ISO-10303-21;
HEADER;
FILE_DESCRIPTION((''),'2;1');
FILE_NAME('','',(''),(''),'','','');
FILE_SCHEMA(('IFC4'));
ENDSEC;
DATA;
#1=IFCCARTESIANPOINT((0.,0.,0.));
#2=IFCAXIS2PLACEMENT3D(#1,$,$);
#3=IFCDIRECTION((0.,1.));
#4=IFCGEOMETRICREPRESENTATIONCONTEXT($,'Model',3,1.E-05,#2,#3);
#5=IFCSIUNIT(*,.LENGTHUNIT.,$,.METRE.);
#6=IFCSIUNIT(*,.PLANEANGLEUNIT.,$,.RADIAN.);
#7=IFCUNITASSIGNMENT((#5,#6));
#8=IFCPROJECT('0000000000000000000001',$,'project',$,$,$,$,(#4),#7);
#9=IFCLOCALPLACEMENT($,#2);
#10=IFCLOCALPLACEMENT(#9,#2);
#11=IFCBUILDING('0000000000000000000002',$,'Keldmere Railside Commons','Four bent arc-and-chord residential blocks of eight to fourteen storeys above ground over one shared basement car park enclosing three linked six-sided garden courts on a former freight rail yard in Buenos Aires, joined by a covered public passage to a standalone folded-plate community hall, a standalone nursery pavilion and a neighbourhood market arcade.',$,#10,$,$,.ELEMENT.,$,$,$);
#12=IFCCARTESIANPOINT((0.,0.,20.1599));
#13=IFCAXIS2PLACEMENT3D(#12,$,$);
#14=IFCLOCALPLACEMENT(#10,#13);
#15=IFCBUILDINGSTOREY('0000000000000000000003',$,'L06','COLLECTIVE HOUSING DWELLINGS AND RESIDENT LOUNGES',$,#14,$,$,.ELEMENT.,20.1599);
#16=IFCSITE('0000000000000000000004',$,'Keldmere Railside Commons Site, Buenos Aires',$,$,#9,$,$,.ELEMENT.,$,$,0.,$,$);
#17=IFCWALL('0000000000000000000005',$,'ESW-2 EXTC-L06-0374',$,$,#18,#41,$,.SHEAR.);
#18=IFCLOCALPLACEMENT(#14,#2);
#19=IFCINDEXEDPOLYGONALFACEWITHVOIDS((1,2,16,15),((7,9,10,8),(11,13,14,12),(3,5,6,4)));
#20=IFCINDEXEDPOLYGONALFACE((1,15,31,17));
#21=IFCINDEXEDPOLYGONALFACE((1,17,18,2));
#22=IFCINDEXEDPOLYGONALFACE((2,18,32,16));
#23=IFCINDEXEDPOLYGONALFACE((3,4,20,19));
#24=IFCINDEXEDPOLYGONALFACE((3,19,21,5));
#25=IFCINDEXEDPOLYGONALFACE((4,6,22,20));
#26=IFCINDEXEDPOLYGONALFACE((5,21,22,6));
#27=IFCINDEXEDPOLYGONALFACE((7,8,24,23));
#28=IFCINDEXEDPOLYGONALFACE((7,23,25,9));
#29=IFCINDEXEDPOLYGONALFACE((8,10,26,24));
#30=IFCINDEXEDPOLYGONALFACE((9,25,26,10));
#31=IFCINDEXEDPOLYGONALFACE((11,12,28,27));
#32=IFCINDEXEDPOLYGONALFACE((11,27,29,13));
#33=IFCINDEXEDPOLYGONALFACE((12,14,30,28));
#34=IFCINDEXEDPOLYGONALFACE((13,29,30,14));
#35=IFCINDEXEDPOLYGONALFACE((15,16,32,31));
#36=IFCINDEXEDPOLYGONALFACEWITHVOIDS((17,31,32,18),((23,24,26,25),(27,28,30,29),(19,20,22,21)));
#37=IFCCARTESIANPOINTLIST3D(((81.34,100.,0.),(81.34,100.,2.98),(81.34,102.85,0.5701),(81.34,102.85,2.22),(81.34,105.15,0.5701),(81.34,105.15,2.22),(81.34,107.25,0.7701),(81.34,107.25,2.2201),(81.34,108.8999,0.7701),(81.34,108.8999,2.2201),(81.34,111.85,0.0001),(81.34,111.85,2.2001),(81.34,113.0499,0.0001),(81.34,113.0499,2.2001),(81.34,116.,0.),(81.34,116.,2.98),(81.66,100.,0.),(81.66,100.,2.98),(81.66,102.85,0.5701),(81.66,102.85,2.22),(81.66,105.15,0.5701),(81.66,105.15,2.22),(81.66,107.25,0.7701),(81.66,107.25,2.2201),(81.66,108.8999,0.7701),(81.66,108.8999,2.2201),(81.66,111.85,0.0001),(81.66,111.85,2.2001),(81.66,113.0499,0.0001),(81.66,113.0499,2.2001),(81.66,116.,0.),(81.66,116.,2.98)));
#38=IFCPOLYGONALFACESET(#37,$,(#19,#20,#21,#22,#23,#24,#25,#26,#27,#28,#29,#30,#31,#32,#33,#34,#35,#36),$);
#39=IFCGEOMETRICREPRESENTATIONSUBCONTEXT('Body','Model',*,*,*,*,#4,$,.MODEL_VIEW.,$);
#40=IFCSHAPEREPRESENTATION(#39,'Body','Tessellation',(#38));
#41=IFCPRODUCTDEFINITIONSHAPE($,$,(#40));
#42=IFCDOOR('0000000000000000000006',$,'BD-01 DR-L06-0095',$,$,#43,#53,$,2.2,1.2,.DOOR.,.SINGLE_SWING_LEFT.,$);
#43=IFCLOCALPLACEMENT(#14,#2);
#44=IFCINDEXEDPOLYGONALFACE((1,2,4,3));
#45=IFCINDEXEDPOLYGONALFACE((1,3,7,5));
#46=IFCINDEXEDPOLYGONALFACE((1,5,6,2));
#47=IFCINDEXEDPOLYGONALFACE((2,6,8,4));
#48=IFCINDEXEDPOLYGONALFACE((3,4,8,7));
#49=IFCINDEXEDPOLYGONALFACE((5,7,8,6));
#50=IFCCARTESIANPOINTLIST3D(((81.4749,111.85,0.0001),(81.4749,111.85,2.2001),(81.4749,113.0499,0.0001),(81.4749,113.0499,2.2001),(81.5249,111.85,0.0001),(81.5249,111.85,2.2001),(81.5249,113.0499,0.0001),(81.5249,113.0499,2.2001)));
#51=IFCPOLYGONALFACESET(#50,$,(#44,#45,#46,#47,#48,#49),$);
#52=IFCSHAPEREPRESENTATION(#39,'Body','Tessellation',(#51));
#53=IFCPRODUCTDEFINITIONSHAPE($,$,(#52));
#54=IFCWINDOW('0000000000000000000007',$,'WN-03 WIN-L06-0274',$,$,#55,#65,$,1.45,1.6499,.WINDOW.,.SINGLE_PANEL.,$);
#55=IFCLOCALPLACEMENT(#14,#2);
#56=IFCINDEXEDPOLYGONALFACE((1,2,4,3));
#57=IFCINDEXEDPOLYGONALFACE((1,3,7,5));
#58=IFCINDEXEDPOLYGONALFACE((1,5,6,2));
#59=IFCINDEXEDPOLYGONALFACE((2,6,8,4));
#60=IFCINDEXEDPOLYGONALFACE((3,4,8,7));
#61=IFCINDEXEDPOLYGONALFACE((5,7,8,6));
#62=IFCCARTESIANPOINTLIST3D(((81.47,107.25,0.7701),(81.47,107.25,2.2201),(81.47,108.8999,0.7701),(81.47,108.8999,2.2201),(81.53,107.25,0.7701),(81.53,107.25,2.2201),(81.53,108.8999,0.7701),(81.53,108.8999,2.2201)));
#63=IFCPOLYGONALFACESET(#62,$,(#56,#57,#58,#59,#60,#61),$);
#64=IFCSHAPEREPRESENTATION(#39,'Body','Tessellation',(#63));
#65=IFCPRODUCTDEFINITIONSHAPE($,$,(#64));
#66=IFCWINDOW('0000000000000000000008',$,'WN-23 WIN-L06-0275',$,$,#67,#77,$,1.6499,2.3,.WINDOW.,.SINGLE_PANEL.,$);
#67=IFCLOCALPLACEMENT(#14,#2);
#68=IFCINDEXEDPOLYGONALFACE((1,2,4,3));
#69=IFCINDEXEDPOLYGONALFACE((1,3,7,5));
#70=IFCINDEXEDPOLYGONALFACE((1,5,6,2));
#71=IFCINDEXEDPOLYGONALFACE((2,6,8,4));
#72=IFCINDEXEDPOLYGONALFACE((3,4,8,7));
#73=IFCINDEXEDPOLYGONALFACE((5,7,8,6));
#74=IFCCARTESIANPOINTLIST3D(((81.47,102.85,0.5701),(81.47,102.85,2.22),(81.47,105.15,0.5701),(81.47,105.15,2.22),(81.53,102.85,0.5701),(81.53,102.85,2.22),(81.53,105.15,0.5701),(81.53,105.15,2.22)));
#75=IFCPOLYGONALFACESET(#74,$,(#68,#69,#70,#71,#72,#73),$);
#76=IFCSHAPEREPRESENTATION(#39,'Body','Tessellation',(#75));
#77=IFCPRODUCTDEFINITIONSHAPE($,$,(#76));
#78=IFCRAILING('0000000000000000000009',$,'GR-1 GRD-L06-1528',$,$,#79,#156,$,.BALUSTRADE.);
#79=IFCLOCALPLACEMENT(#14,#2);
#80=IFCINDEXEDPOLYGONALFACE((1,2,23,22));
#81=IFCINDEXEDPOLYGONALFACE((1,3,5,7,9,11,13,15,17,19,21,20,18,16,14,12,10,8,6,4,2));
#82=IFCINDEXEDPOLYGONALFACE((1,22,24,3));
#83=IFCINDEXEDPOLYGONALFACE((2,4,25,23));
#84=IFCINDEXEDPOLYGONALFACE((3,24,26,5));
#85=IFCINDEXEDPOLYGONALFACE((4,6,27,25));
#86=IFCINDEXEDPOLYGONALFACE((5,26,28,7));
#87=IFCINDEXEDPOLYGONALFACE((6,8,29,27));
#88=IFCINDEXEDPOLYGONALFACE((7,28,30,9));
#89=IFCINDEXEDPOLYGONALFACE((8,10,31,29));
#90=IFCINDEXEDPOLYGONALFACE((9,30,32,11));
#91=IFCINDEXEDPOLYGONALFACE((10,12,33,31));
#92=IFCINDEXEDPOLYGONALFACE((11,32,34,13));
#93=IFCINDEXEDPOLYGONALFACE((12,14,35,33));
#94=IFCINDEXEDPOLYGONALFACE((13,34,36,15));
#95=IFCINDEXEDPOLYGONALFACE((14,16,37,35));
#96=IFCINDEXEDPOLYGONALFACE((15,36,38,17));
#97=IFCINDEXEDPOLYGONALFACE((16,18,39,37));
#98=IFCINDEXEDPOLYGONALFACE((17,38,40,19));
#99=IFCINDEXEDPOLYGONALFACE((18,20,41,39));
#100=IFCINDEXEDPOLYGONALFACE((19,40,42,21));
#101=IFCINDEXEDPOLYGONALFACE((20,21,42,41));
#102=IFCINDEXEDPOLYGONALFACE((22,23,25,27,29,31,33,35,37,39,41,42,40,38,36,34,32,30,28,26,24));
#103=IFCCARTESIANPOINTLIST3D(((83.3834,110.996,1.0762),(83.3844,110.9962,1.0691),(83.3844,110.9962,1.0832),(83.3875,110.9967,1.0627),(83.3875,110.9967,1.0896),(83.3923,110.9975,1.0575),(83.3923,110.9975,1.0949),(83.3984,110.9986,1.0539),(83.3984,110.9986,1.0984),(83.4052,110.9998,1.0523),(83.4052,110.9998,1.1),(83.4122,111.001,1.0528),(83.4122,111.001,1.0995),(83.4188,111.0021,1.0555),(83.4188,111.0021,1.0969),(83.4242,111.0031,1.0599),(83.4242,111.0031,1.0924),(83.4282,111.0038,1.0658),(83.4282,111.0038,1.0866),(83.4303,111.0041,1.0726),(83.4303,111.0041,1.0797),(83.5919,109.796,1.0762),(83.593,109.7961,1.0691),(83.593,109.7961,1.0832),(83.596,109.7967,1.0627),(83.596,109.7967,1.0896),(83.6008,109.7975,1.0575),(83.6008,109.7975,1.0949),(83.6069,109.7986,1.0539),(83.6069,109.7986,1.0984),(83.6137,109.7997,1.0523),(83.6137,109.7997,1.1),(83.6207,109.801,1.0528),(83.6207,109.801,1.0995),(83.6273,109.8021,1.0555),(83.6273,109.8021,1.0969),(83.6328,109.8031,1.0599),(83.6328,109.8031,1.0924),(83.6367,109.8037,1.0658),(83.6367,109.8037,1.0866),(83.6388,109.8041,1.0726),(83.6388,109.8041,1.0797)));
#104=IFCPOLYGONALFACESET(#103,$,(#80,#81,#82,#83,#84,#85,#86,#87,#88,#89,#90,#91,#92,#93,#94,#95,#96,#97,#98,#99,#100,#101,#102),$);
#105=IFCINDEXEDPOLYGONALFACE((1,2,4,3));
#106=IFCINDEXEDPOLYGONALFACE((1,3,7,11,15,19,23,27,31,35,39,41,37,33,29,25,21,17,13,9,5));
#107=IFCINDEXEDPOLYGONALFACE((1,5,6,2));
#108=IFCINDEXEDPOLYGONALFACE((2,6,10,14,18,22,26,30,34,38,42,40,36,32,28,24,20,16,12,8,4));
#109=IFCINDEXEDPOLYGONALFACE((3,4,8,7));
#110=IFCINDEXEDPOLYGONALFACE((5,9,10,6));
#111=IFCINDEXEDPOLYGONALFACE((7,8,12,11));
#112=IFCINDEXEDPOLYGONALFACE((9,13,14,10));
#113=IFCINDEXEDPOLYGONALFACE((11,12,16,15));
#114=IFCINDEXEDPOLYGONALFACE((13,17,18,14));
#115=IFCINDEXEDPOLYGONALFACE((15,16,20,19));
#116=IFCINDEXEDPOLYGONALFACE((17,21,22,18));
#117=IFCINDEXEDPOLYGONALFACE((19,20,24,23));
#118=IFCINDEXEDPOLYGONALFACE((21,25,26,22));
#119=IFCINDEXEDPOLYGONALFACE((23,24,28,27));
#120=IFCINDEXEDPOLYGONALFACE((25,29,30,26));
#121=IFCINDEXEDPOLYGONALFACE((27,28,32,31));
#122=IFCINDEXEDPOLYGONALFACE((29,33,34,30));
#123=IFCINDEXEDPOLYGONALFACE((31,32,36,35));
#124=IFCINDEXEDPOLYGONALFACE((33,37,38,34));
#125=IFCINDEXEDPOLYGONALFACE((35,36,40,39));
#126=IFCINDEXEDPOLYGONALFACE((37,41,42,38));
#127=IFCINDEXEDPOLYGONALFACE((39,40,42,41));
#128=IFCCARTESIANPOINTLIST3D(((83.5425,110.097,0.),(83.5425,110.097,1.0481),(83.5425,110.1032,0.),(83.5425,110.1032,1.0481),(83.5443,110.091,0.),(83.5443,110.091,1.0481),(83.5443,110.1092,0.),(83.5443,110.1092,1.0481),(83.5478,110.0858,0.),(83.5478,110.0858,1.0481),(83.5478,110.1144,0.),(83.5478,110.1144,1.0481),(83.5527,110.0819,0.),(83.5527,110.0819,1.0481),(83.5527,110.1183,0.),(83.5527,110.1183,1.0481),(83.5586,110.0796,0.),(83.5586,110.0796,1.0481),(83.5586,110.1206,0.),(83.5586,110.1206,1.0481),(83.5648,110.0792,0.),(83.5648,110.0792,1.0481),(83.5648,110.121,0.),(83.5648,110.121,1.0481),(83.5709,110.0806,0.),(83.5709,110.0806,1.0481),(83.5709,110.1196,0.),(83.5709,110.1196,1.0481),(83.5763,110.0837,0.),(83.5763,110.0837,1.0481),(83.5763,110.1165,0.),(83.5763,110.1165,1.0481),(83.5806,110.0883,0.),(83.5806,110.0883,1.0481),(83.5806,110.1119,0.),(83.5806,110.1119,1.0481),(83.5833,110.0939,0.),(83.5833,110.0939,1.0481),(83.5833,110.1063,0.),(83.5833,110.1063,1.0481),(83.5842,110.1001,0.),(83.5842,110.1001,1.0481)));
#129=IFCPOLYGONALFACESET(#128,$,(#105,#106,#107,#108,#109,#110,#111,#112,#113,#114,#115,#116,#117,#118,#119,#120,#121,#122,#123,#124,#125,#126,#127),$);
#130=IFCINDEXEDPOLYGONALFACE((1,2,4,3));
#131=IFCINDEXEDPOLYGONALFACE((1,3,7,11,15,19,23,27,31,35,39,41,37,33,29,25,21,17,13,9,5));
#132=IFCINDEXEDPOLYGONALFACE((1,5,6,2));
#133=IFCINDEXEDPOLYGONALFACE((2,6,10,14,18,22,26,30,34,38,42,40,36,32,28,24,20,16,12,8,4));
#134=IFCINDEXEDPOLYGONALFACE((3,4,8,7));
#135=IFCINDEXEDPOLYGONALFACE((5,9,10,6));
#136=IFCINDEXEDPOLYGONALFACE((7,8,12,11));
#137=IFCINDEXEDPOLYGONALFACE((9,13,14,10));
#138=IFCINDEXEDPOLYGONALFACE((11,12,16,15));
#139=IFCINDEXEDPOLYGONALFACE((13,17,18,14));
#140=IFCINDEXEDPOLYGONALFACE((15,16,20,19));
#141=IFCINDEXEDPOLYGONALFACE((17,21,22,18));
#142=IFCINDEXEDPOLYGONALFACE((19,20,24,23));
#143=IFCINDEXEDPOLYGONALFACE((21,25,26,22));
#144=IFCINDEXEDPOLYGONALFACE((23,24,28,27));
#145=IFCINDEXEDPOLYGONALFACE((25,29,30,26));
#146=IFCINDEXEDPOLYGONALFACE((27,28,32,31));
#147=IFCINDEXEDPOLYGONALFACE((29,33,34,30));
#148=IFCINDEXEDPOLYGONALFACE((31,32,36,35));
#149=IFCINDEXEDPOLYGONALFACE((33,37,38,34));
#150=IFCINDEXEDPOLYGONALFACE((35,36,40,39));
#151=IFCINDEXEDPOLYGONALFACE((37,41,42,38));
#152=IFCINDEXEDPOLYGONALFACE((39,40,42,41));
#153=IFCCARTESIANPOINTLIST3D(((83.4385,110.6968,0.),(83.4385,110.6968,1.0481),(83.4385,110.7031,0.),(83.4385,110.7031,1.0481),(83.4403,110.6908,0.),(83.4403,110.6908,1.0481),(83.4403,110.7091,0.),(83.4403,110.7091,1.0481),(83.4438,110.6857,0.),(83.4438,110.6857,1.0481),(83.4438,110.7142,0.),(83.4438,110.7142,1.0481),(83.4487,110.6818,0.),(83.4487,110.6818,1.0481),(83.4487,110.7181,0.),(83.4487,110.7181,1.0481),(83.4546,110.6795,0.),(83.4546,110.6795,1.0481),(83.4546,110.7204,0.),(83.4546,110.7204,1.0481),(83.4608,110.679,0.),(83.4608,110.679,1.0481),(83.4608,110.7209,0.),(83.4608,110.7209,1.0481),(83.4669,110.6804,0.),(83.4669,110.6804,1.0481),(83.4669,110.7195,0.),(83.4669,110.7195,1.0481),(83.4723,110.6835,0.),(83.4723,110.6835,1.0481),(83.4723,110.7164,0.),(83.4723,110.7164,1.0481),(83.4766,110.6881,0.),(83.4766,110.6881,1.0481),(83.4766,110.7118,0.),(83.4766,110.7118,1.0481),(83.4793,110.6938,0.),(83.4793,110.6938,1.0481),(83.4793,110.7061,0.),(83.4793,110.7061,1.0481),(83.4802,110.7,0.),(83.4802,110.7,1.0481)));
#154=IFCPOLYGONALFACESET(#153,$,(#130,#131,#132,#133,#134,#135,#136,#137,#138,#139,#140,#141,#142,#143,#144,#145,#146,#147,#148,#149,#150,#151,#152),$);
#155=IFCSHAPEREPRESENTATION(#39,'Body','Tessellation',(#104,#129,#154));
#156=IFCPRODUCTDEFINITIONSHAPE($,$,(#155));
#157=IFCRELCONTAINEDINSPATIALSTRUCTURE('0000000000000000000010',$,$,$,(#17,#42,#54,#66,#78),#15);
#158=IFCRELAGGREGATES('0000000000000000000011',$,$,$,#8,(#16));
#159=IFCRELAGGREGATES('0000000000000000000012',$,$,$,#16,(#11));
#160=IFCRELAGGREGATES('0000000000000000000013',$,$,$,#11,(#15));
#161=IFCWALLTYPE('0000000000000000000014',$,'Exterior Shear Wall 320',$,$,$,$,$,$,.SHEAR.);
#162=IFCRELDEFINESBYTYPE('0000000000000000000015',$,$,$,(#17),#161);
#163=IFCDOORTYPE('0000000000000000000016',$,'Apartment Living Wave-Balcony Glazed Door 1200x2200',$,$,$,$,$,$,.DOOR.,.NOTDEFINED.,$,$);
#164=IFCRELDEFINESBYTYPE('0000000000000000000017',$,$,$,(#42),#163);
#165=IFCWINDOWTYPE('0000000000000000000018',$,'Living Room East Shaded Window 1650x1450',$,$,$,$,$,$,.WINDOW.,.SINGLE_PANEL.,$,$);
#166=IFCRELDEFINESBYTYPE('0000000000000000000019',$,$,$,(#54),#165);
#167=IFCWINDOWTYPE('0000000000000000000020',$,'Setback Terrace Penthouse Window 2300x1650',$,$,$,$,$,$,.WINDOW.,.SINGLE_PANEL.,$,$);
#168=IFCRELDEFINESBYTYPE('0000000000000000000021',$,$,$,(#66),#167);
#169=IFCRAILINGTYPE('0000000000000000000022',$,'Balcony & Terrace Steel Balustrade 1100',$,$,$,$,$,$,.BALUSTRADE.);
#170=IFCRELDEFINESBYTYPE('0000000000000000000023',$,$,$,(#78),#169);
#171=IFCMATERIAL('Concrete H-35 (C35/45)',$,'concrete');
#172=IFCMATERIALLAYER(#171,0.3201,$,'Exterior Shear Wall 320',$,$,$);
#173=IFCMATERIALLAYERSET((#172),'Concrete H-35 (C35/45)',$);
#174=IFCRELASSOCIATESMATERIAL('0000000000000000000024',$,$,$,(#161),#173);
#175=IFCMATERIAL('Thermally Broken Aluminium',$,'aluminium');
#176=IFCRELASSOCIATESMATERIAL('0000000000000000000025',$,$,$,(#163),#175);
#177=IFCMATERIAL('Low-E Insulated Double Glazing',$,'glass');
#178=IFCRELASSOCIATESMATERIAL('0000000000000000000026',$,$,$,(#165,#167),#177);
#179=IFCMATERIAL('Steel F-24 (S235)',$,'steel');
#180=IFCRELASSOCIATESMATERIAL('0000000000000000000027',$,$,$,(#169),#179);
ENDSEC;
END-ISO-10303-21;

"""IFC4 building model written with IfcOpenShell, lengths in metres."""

from ifc_helpers import new_model, si_unit, direction, frame, frame_2d, origin, origin_2d, place, context, subcontext, project, spatial, rectangle, circle, extrude, material, layer, layer_set, type_object, element, fill, save


model = new_model("IFC4")

# Units and contexts
model_context = context("Model", 3, precision=1e-05, world=origin(), true_north=direction((0.0, 1.0)))
body_context = subcontext(model_context, "Body", "Model", "MODEL_VIEW")
ifc_project = project(units=[si_unit("LENGTHUNIT", "METRE"), si_unit("PLANEANGLEUNIT", "RADIAN")], contexts=[model_context])

# Site, building, storey
site_placement = place(None, origin())
site = spatial("IfcSite", under=ifc_project, at=site_placement, Name="Keldmere Railside Commons Site, Buenos Aires", CompositionType="ELEMENT", RefElevation=0.0)
building_placement = place(site_placement, origin())
building = spatial("IfcBuilding", under=site, at=building_placement, Name="Keldmere Railside Commons", Description="Four bent arc-and-chord residential blocks of eight to fourteen storeys above ground over one shared basement car park enclosing three linked six-sided garden courts on a former freight rail yard in Buenos Aires, joined by a covered public passage to a standalone folded-plate community hall, a standalone nursery pavilion and a neighbourhood market arcade.", CompositionType="ELEMENT")
storey_placement = place(building_placement, frame((0.0, 0.0, 20.1599)))
storey = spatial("IfcBuildingStorey", under=building, at=storey_placement, Name="L06", Description="COLLECTIVE HOUSING DWELLINGS AND RESIDENT LOUNGES", CompositionType="ELEMENT", Elevation=20.1599)

# Wall, openings, door, windows
ifc_material_1 = material(Name="Concrete H-35 (C35/45)", Category="concrete")
ifc_layer_1 = layer(ifc_material_1, 0.3201, Name="Exterior Shear Wall 320")
ifc_layer_set_1 = layer_set([ifc_layer_1], Name="Concrete H-35 (C35/45)")
wall_type = type_object("IfcWallType", Name="Exterior Shear Wall 320", PredefinedType="SHEAR", material=ifc_layer_set_1)
wall_placement = place(storey_placement, frame((81.5, 116.0, 0.0), z_axis=(0.0, 0.0, 1.0), x_axis=(0.0, -1.0, 0.0)))
wall = element("IfcWall", 1, at=wall_placement, inside=storey, type_object=wall_type, Name="ESW-2 EXTC-L06-0374", PredefinedType="SHEAR", context=body_context, shape_type="SweptSolid", body=[
    extrude(rectangle(XDim=16.0, YDim=0.3201, at=frame_2d((8.0, 0.0))), origin(), (0.0, 0.0, 1.0), 2.98),
])
opening_1_placement = place(wall_placement, frame((2.95, 0.0, 0.0)))
opening_1 = element("IfcOpeningElement", 2, at=opening_1_placement, cuts=wall, PredefinedType="OPENING", context=body_context, shape_type="SweptSolid", body=[
    extrude(rectangle(XDim=1.2, YDim=2.2, at=frame_2d((0.6001, 1.1001))), frame((0.0, 0.1699, 0.0), z_axis=(0.0, -1.0, 0.0), x_axis=(1.0, 0.0, 0.0)), (0.0, 0.0, 1.0), 0.3401),
])
opening_2_placement = place(wall_placement, frame((7.1001, 0.0, 0.77)))
opening_2 = element("IfcOpeningElement", 3, at=opening_2_placement, cuts=wall, PredefinedType="OPENING", context=body_context, shape_type="SweptSolid", body=[
    extrude(rectangle(XDim=1.6499, YDim=1.45, at=frame_2d((0.825, 0.7251))), frame((0.0, 0.1699, 0.0), z_axis=(0.0, -1.0, 0.0), x_axis=(1.0, 0.0, 0.0)), (0.0, 0.0, 1.0), 0.3401),
])
opening_3_placement = place(wall_placement, frame((10.8501, 0.0, 0.5701)))
opening_3 = element("IfcOpeningElement", 4, at=opening_3_placement, cuts=wall, PredefinedType="OPENING", context=body_context, shape_type="SweptSolid", body=[
    extrude(rectangle(XDim=2.3, YDim=1.6499, at=frame_2d((1.1499, 0.825))), frame((0.0, 0.1699, 0.0), z_axis=(0.0, -1.0, 0.0), x_axis=(1.0, 0.0, 0.0)), (0.0, 0.0, 1.0), 0.3401),
])
ifc_material_2 = material(Name="Thermally Broken Aluminium", Category="aluminium")
door_type = type_object("IfcDoorType", Name="Apartment Living Wave-Balcony Glazed Door 1200x2200", OperationType="NOTDEFINED", PredefinedType="DOOR", material=ifc_material_2)
door_placement = place(opening_1_placement, origin())
door = element("IfcDoor", 5, at=door_placement, inside=storey, type_object=door_type, Name="BD-01 DR-L06-0095", OperationType="SINGLE_SWING_LEFT", OverallHeight=2.2, OverallWidth=1.2, PredefinedType="DOOR", context=body_context, shape_type="SweptSolid", body=[
    extrude(rectangle(XDim=1.2, YDim=2.2, at=frame_2d((0.6001, 1.1001))), frame((0.0, 0.0249, 0.0), z_axis=(0.0, -1.0, 0.0), x_axis=(1.0, 0.0, 0.0)), (0.0, 0.0, 1.0), 0.05),
])
fill(opening_1, door)
ifc_material_3 = material(Name="Low-E Insulated Double Glazing", Category="glass")
window_type_1 = type_object("IfcWindowType", Name="Living Room East Shaded Window 1650x1450", PartitioningType="SINGLE_PANEL", PredefinedType="WINDOW", material=ifc_material_3)
window_1_placement = place(opening_2_placement, origin())
window_1 = element("IfcWindow", 6, at=window_1_placement, inside=storey, type_object=window_type_1, Name="WN-03 WIN-L06-0274", OverallHeight=1.45, OverallWidth=1.6499, PartitioningType="SINGLE_PANEL", PredefinedType="WINDOW", context=body_context, shape_type="SweptSolid", body=[
    extrude(rectangle(XDim=1.6499, YDim=1.45, at=frame_2d((0.825, 0.7251))), frame((0.0, 0.03, 0.0), z_axis=(0.0, -1.0, 0.0), x_axis=(1.0, 0.0, 0.0)), (0.0, 0.0, 1.0), 0.0601),
])
fill(opening_2, window_1)
window_type_2 = type_object("IfcWindowType", Name="Setback Terrace Penthouse Window 2300x1650", PartitioningType="SINGLE_PANEL", PredefinedType="WINDOW", material=ifc_material_3)
window_2_placement = place(opening_3_placement, origin())
window_2 = element("IfcWindow", 7, at=window_2_placement, inside=storey, type_object=window_type_2, Name="WN-23 WIN-L06-0275", OverallHeight=1.6499, OverallWidth=2.3, PartitioningType="SINGLE_PANEL", PredefinedType="WINDOW", context=body_context, shape_type="SweptSolid", body=[
    extrude(rectangle(XDim=2.3, YDim=1.6499, at=frame_2d((1.1499, 0.825))), frame((0.0, 0.03, 0.0), z_axis=(0.0, -1.0, 0.0), x_axis=(1.0, 0.0, 0.0)), (0.0, 0.0, 1.0), 0.0601),
])
fill(opening_3, window_2)

# Railing
ifc_material_4 = material(Name="Steel F-24 (S235)", Category="steel")
railing_type = type_object("IfcRailingType", Name="Balcony & Terrace Steel Balustrade 1100", PredefinedType="BALUSTRADE", material=ifc_material_4)
railing_1_placement = place(storey_placement, frame((83.6155, 109.8, 0.0)))
element("IfcRailing", 8, at=railing_1_placement, inside=storey, type_object=railing_type, Name="GR-1 GRD-L06-1528", PredefinedType="BALUSTRADE", context=body_context, shape_type="SweptSolid", body=[
    extrude(circle(Radius=0.0239, at=origin_2d()), frame((0.0, 0.0, 1.0762), z_axis=(-0.171189, 0.985238, 0.0), x_axis=(-0.985238, -0.171189, 0.0)), (0.0, 0.0, 1.0), 1.218),
    extrude(circle(Radius=0.021, at=origin_2d()), frame((-0.0522, 0.3, 0.0)), (0.0, 0.0, 1.0), 1.0481),
    extrude(circle(Radius=0.021, at=origin_2d()), frame((-0.1562, 0.8999, 0.0)), (0.0, 0.0, 1.0), 1.0481),
])

save(model, "model.ifc")
